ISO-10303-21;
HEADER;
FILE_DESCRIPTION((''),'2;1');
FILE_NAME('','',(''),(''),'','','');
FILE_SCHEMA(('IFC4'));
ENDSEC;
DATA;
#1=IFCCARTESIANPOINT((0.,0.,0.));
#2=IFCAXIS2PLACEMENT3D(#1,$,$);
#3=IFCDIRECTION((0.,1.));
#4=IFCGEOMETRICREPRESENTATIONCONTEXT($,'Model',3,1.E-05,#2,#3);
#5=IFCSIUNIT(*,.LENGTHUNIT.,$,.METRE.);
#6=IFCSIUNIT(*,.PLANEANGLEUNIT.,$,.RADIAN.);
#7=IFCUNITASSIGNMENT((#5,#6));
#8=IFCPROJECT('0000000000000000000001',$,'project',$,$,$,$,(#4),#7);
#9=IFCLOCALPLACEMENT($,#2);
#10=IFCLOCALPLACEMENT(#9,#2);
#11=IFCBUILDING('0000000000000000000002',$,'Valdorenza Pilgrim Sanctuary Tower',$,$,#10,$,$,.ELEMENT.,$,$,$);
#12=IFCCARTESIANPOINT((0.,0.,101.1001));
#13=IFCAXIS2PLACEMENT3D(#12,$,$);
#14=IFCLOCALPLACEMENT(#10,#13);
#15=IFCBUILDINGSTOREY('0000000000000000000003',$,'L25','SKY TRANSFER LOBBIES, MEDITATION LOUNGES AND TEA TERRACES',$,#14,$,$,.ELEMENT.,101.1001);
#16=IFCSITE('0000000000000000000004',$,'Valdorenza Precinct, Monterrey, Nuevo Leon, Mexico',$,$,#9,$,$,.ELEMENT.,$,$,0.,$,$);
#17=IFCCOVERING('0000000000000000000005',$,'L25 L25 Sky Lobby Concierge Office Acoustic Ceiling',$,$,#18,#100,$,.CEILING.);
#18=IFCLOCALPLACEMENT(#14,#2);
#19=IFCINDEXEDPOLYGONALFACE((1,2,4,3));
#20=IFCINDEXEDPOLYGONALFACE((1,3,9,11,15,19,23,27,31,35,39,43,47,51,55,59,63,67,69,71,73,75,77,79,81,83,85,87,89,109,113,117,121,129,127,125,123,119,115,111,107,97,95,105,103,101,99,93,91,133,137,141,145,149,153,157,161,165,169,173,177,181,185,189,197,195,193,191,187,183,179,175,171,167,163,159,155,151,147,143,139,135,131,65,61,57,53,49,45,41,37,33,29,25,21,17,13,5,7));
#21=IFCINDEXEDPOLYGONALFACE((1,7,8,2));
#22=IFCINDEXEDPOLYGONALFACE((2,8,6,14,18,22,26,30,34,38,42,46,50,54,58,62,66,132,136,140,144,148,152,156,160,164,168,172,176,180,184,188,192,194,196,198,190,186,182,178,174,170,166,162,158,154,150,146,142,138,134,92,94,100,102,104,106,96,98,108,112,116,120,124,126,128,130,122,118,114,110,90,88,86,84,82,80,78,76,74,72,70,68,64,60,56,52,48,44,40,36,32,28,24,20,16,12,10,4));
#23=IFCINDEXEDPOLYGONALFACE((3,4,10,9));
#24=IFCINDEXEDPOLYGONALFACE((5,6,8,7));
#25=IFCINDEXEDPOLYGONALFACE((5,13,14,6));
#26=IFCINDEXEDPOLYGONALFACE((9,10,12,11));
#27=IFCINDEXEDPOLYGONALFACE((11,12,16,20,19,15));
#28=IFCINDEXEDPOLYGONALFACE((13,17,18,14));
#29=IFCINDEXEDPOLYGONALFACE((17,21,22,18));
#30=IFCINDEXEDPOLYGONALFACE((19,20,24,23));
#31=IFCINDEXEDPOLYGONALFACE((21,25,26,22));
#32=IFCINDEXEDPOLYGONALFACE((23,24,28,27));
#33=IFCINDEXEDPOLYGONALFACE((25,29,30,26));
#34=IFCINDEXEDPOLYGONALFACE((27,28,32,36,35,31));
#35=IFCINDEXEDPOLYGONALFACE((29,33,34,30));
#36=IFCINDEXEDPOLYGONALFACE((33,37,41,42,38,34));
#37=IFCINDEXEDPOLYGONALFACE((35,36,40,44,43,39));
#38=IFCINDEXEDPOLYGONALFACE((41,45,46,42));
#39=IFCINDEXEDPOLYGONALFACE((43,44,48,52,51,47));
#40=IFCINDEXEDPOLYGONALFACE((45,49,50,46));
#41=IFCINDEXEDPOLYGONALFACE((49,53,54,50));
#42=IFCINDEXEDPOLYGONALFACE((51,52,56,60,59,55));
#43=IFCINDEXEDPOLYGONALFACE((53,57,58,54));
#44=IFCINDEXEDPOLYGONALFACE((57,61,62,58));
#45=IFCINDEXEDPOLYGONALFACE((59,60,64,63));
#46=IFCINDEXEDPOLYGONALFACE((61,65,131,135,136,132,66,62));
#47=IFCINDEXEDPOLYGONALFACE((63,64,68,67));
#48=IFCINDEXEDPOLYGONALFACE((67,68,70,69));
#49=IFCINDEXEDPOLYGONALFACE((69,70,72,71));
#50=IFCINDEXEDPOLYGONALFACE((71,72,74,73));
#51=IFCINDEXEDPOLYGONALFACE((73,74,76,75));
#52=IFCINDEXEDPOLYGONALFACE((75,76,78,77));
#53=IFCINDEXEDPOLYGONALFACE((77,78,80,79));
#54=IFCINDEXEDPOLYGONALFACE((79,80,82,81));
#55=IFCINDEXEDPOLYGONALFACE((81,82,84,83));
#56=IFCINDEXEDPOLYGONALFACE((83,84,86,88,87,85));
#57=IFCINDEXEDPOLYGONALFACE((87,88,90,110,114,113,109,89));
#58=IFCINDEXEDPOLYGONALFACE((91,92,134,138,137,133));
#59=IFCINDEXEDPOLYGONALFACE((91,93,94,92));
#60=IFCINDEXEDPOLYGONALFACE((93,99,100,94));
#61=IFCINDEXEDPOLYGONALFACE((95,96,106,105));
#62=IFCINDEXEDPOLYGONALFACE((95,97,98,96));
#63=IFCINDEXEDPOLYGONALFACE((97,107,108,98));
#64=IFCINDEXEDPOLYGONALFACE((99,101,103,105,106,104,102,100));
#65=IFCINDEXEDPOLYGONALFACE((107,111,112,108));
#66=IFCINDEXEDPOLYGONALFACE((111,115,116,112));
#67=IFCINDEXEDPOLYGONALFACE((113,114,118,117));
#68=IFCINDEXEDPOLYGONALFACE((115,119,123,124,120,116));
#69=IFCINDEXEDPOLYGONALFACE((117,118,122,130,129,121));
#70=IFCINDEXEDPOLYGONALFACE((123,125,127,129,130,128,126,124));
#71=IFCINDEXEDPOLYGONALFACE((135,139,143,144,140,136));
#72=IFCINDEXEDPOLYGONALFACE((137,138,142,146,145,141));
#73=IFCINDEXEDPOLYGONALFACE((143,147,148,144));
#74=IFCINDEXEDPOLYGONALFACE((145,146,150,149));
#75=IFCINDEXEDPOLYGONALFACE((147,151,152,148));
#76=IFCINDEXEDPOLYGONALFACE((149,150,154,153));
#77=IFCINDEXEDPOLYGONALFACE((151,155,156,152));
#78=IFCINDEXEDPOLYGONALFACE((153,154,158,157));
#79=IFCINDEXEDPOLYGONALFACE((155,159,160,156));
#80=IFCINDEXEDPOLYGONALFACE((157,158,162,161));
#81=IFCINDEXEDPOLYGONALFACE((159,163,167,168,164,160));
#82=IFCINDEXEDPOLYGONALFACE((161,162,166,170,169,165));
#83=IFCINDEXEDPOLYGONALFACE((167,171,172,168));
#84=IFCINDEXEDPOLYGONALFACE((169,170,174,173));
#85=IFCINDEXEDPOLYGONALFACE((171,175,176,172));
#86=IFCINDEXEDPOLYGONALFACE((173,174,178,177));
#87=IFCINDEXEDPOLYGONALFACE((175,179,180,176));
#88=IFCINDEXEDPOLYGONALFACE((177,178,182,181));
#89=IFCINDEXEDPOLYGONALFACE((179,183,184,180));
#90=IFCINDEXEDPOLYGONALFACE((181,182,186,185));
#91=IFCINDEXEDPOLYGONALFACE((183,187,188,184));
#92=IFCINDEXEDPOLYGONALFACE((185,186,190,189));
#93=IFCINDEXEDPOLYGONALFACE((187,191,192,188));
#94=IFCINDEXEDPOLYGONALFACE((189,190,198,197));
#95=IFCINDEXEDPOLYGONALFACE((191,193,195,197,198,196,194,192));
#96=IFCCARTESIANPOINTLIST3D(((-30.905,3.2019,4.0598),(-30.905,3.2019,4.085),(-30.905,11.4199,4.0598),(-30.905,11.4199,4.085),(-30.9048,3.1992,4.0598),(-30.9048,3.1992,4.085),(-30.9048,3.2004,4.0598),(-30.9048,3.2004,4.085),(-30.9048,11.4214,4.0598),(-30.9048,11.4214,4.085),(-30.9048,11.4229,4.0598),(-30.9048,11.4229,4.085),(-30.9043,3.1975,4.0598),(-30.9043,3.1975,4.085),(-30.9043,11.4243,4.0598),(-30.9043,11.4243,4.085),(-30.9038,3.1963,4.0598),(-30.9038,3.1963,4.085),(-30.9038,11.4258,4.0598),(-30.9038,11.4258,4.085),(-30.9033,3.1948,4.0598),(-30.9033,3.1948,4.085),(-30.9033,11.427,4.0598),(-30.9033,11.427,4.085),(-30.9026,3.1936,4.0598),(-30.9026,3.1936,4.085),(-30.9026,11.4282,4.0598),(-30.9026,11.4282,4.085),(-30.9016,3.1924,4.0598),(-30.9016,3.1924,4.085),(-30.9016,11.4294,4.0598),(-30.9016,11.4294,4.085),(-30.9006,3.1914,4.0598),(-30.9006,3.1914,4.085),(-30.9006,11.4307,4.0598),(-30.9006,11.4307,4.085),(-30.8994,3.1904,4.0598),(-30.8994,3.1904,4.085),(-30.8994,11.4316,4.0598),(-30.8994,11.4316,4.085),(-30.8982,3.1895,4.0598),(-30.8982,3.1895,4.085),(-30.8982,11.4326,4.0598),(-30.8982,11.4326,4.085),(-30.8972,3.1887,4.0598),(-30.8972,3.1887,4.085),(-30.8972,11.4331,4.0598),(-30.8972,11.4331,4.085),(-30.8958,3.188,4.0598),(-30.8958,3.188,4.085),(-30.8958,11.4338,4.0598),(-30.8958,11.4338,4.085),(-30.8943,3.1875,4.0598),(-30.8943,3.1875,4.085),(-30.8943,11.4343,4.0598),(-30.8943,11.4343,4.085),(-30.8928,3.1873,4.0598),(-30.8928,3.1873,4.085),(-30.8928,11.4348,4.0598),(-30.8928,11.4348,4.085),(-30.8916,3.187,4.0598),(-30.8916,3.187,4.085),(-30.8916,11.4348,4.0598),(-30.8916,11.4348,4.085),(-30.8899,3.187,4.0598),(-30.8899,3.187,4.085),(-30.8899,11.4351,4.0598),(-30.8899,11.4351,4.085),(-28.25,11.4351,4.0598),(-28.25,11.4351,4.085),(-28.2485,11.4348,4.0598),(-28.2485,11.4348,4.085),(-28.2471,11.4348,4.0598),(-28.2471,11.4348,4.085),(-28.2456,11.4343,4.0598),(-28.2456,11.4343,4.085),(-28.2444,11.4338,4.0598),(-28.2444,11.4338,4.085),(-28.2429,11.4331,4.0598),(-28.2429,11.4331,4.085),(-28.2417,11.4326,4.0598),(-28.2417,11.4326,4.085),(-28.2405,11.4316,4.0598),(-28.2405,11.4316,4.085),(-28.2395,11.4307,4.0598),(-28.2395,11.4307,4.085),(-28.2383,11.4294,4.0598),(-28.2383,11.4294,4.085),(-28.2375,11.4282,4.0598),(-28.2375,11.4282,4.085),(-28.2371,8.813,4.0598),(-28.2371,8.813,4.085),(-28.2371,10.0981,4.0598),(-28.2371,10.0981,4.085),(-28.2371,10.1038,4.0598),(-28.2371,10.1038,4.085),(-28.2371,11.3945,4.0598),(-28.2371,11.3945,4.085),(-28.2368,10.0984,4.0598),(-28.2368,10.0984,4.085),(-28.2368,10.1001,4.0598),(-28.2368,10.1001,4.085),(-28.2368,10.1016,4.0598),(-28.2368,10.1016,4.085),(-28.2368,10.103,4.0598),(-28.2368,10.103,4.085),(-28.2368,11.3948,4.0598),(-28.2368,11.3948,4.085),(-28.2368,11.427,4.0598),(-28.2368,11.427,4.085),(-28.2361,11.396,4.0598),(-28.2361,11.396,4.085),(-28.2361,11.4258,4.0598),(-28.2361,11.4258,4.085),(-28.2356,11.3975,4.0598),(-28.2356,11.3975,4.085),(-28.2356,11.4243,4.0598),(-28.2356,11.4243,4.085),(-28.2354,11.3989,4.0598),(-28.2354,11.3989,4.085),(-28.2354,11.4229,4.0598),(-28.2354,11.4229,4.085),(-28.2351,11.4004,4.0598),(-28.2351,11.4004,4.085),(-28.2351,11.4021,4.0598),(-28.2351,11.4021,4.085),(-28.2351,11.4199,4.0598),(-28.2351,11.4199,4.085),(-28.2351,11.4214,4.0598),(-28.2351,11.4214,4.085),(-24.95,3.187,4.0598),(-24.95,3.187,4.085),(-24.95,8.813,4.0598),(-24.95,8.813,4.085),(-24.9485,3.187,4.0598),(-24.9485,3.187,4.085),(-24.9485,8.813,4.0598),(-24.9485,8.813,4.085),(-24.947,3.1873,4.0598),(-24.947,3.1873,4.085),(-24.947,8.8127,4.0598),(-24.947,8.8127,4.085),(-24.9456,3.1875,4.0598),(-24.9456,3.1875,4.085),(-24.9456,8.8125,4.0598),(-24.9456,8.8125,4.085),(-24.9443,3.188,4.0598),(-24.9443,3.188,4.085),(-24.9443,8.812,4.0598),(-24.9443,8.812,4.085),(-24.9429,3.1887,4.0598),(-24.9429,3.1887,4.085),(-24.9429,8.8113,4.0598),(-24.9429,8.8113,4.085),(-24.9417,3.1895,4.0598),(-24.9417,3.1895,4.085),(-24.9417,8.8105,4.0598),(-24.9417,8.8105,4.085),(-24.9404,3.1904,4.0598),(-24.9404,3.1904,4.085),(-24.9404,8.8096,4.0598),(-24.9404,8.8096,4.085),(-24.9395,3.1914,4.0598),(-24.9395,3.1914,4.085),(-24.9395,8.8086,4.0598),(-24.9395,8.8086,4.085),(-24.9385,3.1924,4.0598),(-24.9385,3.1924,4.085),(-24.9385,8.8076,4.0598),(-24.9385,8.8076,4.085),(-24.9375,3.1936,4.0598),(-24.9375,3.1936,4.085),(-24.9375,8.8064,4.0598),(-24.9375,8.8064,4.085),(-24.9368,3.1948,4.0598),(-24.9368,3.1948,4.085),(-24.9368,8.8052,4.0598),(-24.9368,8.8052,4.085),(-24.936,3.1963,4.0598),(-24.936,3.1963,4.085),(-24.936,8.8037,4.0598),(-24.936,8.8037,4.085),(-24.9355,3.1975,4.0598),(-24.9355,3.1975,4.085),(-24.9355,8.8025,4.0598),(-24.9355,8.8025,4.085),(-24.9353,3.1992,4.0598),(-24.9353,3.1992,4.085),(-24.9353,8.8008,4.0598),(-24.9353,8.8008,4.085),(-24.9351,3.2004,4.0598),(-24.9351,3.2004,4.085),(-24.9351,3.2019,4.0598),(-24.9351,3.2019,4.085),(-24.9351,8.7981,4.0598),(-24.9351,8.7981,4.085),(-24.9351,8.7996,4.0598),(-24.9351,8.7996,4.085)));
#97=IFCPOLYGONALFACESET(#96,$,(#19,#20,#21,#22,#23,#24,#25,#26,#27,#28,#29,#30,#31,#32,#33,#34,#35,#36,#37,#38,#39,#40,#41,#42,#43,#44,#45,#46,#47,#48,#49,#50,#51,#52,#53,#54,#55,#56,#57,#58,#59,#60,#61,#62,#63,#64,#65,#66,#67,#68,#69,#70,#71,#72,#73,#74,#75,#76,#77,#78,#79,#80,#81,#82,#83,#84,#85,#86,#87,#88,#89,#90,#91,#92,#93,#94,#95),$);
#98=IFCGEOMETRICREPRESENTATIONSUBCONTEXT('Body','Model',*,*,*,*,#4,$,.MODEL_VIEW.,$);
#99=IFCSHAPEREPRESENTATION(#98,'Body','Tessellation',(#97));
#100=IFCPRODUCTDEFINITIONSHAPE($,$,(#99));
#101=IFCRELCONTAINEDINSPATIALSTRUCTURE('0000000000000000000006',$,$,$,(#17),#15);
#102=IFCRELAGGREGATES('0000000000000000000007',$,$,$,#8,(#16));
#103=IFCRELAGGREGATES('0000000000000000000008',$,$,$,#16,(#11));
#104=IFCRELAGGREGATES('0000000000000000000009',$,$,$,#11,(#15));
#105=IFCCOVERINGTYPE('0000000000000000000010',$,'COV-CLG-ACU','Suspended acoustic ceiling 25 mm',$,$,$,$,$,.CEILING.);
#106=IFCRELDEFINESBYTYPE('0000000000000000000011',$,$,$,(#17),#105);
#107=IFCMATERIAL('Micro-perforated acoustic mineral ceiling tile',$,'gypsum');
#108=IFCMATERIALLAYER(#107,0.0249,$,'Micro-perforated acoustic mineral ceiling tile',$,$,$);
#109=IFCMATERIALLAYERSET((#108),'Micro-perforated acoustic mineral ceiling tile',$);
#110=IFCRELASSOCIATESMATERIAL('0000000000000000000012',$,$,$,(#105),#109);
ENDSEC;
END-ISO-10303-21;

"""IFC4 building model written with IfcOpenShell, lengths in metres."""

from ifc_helpers import new_model, si_unit, direction, frame, origin, place, context, subcontext, project, spatial, polyline, outline, extrude, material, layer, layer_set, type_object, element, save


model = new_model("IFC4")

# Units and contexts
model_context = context("Model", 3, precision=1e-05, world=origin(), true_north=direction((0.0, 1.0)))
body_context = subcontext(model_context, "Body", "Model", "MODEL_VIEW")
ifc_project = project(units=[si_unit("LENGTHUNIT", "METRE"), si_unit("PLANEANGLEUNIT", "RADIAN")], contexts=[model_context])

# Site, building, storey
site_placement = place(None, origin())
site = spatial("IfcSite", under=ifc_project, at=site_placement, Name="Valdorenza Precinct, Monterrey, Nuevo Leon, Mexico", CompositionType="ELEMENT", RefElevation=0.0)
building_placement = place(site_placement, origin())
building = spatial("IfcBuilding", under=site, at=building_placement, Name="Valdorenza Pilgrim Sanctuary Tower", CompositionType="ELEMENT")
storey_placement = place(building_placement, frame((0.0, 0.0, 101.1001)))
storey = spatial("IfcBuildingStorey", under=building, at=storey_placement, Name="L25", Description="SKY TRANSFER LOBBIES, MEDITATION LOUNGES AND TEA TERRACES", CompositionType="ELEMENT", Elevation=101.1001)

# Covering
ifc_material_1 = material(Name="Micro-perforated acoustic mineral ceiling tile", Category="gypsum")
ifc_layer_1 = layer(ifc_material_1, 0.0249, Name="Micro-perforated acoustic mineral ceiling tile")
ifc_layer_set_1 = layer_set([ifc_layer_1], Name="Micro-perforated acoustic mineral ceiling tile")
covering_type_1 = type_object("IfcCoveringType", Name="COV-CLG-ACU", Description="Suspended acoustic ceiling 25 mm", PredefinedType="CEILING", material=ifc_layer_set_1)
covering_1_placement = place(storey_placement, frame((0.0, 0.0, 4.0598)))
element("IfcCovering", 1, at=covering_1_placement, inside=storey, type_object=covering_type_1, Name="L25 L25 Sky Lobby Concierge Office Acoustic Ceiling", PredefinedType="CEILING", context=body_context, shape_type="SweptSolid", body=[
    extrude(outline(polyline([(-28.2371, 8.813), (-24.95, 8.813), (-24.9485, 8.813), (-24.947, 8.8127), (-24.9456, 8.8125), (-24.9443, 8.812), (-24.9429, 8.8113), (-24.9417, 8.8105), (-24.9404, 8.8096), (-24.9395, 8.8086), (-24.9385, 8.8076), (-24.9375, 8.8064), (-24.9368, 8.8052), (-24.936, 8.8037), (-24.9355, 8.8025), (-24.9353, 8.8008), (-24.9351, 8.7996), (-24.9351, 8.7981), (-24.9351, 3.2019), (-24.9351, 3.2004), (-24.9353, 3.1992), (-24.9355, 3.1975), (-24.936, 3.1963), (-24.9368, 3.1948), (-24.9375, 3.1936), (-24.9385, 3.1924), (-24.9395, 3.1914), (-24.9404, 3.1904), (-24.9417, 3.1895), (-24.9429, 3.1887), (-24.9443, 3.188), (-24.9456, 3.1875), (-24.947, 3.1873), (-24.9485, 3.187), (-24.95, 3.187), (-30.8899, 3.187), (-30.8916, 3.187), (-30.8928, 3.1873), (-30.8943, 3.1875), (-30.8958, 3.188), (-30.8972, 3.1887), (-30.8982, 3.1895), (-30.8994, 3.1904), (-30.9006, 3.1914), (-30.9016, 3.1924), (-30.9026, 3.1936), (-30.9033, 3.1948), (-30.9038, 3.1963), (-30.9043, 3.1975), (-30.9048, 3.1992), (-30.9048, 3.2004), (-30.905, 3.2019), (-30.905, 11.4199), (-30.9048, 11.4214), (-30.9048, 11.4229), (-30.9043, 11.4243), (-30.9038, 11.4258), (-30.9033, 11.427), (-30.9026, 11.4282), (-30.9016, 11.4294), (-30.9006, 11.4307), (-30.8994, 11.4316), (-30.8982, 11.4326), (-30.8972, 11.4331), (-30.8958, 11.4338), (-30.8943, 11.4343), (-30.8928, 11.4348), (-30.8916, 11.4348), (-30.8899, 11.4351), (-28.25, 11.4351), (-28.2485, 11.4348), (-28.2471, 11.4348), (-28.2456, 11.4343), (-28.2444, 11.4338), (-28.2429, 11.4331), (-28.2417, 11.4326), (-28.2405, 11.4316), (-28.2395, 11.4307), (-28.2383, 11.4294), (-28.2375, 11.4282), (-28.2368, 11.427), (-28.2361, 11.4258), (-28.2356, 11.4243), (-28.2354, 11.4229), (-28.2351, 11.4214), (-28.2351, 11.4199), (-28.2351, 11.4021), (-28.2351, 11.4004), (-28.2354, 11.3989), (-28.2356, 11.3975), (-28.2361, 11.396), (-28.2368, 11.3948), (-28.2371, 11.3945), (-28.2371, 10.1038), (-28.2368, 10.103), (-28.2368, 10.1016), (-28.2368, 10.1001), (-28.2368, 10.0984), (-28.2371, 10.0981), (-28.2371, 8.813)])), origin(), (0.0, 0.0, 1.0), 0.0251),
])

save(model, "model.ifc")
